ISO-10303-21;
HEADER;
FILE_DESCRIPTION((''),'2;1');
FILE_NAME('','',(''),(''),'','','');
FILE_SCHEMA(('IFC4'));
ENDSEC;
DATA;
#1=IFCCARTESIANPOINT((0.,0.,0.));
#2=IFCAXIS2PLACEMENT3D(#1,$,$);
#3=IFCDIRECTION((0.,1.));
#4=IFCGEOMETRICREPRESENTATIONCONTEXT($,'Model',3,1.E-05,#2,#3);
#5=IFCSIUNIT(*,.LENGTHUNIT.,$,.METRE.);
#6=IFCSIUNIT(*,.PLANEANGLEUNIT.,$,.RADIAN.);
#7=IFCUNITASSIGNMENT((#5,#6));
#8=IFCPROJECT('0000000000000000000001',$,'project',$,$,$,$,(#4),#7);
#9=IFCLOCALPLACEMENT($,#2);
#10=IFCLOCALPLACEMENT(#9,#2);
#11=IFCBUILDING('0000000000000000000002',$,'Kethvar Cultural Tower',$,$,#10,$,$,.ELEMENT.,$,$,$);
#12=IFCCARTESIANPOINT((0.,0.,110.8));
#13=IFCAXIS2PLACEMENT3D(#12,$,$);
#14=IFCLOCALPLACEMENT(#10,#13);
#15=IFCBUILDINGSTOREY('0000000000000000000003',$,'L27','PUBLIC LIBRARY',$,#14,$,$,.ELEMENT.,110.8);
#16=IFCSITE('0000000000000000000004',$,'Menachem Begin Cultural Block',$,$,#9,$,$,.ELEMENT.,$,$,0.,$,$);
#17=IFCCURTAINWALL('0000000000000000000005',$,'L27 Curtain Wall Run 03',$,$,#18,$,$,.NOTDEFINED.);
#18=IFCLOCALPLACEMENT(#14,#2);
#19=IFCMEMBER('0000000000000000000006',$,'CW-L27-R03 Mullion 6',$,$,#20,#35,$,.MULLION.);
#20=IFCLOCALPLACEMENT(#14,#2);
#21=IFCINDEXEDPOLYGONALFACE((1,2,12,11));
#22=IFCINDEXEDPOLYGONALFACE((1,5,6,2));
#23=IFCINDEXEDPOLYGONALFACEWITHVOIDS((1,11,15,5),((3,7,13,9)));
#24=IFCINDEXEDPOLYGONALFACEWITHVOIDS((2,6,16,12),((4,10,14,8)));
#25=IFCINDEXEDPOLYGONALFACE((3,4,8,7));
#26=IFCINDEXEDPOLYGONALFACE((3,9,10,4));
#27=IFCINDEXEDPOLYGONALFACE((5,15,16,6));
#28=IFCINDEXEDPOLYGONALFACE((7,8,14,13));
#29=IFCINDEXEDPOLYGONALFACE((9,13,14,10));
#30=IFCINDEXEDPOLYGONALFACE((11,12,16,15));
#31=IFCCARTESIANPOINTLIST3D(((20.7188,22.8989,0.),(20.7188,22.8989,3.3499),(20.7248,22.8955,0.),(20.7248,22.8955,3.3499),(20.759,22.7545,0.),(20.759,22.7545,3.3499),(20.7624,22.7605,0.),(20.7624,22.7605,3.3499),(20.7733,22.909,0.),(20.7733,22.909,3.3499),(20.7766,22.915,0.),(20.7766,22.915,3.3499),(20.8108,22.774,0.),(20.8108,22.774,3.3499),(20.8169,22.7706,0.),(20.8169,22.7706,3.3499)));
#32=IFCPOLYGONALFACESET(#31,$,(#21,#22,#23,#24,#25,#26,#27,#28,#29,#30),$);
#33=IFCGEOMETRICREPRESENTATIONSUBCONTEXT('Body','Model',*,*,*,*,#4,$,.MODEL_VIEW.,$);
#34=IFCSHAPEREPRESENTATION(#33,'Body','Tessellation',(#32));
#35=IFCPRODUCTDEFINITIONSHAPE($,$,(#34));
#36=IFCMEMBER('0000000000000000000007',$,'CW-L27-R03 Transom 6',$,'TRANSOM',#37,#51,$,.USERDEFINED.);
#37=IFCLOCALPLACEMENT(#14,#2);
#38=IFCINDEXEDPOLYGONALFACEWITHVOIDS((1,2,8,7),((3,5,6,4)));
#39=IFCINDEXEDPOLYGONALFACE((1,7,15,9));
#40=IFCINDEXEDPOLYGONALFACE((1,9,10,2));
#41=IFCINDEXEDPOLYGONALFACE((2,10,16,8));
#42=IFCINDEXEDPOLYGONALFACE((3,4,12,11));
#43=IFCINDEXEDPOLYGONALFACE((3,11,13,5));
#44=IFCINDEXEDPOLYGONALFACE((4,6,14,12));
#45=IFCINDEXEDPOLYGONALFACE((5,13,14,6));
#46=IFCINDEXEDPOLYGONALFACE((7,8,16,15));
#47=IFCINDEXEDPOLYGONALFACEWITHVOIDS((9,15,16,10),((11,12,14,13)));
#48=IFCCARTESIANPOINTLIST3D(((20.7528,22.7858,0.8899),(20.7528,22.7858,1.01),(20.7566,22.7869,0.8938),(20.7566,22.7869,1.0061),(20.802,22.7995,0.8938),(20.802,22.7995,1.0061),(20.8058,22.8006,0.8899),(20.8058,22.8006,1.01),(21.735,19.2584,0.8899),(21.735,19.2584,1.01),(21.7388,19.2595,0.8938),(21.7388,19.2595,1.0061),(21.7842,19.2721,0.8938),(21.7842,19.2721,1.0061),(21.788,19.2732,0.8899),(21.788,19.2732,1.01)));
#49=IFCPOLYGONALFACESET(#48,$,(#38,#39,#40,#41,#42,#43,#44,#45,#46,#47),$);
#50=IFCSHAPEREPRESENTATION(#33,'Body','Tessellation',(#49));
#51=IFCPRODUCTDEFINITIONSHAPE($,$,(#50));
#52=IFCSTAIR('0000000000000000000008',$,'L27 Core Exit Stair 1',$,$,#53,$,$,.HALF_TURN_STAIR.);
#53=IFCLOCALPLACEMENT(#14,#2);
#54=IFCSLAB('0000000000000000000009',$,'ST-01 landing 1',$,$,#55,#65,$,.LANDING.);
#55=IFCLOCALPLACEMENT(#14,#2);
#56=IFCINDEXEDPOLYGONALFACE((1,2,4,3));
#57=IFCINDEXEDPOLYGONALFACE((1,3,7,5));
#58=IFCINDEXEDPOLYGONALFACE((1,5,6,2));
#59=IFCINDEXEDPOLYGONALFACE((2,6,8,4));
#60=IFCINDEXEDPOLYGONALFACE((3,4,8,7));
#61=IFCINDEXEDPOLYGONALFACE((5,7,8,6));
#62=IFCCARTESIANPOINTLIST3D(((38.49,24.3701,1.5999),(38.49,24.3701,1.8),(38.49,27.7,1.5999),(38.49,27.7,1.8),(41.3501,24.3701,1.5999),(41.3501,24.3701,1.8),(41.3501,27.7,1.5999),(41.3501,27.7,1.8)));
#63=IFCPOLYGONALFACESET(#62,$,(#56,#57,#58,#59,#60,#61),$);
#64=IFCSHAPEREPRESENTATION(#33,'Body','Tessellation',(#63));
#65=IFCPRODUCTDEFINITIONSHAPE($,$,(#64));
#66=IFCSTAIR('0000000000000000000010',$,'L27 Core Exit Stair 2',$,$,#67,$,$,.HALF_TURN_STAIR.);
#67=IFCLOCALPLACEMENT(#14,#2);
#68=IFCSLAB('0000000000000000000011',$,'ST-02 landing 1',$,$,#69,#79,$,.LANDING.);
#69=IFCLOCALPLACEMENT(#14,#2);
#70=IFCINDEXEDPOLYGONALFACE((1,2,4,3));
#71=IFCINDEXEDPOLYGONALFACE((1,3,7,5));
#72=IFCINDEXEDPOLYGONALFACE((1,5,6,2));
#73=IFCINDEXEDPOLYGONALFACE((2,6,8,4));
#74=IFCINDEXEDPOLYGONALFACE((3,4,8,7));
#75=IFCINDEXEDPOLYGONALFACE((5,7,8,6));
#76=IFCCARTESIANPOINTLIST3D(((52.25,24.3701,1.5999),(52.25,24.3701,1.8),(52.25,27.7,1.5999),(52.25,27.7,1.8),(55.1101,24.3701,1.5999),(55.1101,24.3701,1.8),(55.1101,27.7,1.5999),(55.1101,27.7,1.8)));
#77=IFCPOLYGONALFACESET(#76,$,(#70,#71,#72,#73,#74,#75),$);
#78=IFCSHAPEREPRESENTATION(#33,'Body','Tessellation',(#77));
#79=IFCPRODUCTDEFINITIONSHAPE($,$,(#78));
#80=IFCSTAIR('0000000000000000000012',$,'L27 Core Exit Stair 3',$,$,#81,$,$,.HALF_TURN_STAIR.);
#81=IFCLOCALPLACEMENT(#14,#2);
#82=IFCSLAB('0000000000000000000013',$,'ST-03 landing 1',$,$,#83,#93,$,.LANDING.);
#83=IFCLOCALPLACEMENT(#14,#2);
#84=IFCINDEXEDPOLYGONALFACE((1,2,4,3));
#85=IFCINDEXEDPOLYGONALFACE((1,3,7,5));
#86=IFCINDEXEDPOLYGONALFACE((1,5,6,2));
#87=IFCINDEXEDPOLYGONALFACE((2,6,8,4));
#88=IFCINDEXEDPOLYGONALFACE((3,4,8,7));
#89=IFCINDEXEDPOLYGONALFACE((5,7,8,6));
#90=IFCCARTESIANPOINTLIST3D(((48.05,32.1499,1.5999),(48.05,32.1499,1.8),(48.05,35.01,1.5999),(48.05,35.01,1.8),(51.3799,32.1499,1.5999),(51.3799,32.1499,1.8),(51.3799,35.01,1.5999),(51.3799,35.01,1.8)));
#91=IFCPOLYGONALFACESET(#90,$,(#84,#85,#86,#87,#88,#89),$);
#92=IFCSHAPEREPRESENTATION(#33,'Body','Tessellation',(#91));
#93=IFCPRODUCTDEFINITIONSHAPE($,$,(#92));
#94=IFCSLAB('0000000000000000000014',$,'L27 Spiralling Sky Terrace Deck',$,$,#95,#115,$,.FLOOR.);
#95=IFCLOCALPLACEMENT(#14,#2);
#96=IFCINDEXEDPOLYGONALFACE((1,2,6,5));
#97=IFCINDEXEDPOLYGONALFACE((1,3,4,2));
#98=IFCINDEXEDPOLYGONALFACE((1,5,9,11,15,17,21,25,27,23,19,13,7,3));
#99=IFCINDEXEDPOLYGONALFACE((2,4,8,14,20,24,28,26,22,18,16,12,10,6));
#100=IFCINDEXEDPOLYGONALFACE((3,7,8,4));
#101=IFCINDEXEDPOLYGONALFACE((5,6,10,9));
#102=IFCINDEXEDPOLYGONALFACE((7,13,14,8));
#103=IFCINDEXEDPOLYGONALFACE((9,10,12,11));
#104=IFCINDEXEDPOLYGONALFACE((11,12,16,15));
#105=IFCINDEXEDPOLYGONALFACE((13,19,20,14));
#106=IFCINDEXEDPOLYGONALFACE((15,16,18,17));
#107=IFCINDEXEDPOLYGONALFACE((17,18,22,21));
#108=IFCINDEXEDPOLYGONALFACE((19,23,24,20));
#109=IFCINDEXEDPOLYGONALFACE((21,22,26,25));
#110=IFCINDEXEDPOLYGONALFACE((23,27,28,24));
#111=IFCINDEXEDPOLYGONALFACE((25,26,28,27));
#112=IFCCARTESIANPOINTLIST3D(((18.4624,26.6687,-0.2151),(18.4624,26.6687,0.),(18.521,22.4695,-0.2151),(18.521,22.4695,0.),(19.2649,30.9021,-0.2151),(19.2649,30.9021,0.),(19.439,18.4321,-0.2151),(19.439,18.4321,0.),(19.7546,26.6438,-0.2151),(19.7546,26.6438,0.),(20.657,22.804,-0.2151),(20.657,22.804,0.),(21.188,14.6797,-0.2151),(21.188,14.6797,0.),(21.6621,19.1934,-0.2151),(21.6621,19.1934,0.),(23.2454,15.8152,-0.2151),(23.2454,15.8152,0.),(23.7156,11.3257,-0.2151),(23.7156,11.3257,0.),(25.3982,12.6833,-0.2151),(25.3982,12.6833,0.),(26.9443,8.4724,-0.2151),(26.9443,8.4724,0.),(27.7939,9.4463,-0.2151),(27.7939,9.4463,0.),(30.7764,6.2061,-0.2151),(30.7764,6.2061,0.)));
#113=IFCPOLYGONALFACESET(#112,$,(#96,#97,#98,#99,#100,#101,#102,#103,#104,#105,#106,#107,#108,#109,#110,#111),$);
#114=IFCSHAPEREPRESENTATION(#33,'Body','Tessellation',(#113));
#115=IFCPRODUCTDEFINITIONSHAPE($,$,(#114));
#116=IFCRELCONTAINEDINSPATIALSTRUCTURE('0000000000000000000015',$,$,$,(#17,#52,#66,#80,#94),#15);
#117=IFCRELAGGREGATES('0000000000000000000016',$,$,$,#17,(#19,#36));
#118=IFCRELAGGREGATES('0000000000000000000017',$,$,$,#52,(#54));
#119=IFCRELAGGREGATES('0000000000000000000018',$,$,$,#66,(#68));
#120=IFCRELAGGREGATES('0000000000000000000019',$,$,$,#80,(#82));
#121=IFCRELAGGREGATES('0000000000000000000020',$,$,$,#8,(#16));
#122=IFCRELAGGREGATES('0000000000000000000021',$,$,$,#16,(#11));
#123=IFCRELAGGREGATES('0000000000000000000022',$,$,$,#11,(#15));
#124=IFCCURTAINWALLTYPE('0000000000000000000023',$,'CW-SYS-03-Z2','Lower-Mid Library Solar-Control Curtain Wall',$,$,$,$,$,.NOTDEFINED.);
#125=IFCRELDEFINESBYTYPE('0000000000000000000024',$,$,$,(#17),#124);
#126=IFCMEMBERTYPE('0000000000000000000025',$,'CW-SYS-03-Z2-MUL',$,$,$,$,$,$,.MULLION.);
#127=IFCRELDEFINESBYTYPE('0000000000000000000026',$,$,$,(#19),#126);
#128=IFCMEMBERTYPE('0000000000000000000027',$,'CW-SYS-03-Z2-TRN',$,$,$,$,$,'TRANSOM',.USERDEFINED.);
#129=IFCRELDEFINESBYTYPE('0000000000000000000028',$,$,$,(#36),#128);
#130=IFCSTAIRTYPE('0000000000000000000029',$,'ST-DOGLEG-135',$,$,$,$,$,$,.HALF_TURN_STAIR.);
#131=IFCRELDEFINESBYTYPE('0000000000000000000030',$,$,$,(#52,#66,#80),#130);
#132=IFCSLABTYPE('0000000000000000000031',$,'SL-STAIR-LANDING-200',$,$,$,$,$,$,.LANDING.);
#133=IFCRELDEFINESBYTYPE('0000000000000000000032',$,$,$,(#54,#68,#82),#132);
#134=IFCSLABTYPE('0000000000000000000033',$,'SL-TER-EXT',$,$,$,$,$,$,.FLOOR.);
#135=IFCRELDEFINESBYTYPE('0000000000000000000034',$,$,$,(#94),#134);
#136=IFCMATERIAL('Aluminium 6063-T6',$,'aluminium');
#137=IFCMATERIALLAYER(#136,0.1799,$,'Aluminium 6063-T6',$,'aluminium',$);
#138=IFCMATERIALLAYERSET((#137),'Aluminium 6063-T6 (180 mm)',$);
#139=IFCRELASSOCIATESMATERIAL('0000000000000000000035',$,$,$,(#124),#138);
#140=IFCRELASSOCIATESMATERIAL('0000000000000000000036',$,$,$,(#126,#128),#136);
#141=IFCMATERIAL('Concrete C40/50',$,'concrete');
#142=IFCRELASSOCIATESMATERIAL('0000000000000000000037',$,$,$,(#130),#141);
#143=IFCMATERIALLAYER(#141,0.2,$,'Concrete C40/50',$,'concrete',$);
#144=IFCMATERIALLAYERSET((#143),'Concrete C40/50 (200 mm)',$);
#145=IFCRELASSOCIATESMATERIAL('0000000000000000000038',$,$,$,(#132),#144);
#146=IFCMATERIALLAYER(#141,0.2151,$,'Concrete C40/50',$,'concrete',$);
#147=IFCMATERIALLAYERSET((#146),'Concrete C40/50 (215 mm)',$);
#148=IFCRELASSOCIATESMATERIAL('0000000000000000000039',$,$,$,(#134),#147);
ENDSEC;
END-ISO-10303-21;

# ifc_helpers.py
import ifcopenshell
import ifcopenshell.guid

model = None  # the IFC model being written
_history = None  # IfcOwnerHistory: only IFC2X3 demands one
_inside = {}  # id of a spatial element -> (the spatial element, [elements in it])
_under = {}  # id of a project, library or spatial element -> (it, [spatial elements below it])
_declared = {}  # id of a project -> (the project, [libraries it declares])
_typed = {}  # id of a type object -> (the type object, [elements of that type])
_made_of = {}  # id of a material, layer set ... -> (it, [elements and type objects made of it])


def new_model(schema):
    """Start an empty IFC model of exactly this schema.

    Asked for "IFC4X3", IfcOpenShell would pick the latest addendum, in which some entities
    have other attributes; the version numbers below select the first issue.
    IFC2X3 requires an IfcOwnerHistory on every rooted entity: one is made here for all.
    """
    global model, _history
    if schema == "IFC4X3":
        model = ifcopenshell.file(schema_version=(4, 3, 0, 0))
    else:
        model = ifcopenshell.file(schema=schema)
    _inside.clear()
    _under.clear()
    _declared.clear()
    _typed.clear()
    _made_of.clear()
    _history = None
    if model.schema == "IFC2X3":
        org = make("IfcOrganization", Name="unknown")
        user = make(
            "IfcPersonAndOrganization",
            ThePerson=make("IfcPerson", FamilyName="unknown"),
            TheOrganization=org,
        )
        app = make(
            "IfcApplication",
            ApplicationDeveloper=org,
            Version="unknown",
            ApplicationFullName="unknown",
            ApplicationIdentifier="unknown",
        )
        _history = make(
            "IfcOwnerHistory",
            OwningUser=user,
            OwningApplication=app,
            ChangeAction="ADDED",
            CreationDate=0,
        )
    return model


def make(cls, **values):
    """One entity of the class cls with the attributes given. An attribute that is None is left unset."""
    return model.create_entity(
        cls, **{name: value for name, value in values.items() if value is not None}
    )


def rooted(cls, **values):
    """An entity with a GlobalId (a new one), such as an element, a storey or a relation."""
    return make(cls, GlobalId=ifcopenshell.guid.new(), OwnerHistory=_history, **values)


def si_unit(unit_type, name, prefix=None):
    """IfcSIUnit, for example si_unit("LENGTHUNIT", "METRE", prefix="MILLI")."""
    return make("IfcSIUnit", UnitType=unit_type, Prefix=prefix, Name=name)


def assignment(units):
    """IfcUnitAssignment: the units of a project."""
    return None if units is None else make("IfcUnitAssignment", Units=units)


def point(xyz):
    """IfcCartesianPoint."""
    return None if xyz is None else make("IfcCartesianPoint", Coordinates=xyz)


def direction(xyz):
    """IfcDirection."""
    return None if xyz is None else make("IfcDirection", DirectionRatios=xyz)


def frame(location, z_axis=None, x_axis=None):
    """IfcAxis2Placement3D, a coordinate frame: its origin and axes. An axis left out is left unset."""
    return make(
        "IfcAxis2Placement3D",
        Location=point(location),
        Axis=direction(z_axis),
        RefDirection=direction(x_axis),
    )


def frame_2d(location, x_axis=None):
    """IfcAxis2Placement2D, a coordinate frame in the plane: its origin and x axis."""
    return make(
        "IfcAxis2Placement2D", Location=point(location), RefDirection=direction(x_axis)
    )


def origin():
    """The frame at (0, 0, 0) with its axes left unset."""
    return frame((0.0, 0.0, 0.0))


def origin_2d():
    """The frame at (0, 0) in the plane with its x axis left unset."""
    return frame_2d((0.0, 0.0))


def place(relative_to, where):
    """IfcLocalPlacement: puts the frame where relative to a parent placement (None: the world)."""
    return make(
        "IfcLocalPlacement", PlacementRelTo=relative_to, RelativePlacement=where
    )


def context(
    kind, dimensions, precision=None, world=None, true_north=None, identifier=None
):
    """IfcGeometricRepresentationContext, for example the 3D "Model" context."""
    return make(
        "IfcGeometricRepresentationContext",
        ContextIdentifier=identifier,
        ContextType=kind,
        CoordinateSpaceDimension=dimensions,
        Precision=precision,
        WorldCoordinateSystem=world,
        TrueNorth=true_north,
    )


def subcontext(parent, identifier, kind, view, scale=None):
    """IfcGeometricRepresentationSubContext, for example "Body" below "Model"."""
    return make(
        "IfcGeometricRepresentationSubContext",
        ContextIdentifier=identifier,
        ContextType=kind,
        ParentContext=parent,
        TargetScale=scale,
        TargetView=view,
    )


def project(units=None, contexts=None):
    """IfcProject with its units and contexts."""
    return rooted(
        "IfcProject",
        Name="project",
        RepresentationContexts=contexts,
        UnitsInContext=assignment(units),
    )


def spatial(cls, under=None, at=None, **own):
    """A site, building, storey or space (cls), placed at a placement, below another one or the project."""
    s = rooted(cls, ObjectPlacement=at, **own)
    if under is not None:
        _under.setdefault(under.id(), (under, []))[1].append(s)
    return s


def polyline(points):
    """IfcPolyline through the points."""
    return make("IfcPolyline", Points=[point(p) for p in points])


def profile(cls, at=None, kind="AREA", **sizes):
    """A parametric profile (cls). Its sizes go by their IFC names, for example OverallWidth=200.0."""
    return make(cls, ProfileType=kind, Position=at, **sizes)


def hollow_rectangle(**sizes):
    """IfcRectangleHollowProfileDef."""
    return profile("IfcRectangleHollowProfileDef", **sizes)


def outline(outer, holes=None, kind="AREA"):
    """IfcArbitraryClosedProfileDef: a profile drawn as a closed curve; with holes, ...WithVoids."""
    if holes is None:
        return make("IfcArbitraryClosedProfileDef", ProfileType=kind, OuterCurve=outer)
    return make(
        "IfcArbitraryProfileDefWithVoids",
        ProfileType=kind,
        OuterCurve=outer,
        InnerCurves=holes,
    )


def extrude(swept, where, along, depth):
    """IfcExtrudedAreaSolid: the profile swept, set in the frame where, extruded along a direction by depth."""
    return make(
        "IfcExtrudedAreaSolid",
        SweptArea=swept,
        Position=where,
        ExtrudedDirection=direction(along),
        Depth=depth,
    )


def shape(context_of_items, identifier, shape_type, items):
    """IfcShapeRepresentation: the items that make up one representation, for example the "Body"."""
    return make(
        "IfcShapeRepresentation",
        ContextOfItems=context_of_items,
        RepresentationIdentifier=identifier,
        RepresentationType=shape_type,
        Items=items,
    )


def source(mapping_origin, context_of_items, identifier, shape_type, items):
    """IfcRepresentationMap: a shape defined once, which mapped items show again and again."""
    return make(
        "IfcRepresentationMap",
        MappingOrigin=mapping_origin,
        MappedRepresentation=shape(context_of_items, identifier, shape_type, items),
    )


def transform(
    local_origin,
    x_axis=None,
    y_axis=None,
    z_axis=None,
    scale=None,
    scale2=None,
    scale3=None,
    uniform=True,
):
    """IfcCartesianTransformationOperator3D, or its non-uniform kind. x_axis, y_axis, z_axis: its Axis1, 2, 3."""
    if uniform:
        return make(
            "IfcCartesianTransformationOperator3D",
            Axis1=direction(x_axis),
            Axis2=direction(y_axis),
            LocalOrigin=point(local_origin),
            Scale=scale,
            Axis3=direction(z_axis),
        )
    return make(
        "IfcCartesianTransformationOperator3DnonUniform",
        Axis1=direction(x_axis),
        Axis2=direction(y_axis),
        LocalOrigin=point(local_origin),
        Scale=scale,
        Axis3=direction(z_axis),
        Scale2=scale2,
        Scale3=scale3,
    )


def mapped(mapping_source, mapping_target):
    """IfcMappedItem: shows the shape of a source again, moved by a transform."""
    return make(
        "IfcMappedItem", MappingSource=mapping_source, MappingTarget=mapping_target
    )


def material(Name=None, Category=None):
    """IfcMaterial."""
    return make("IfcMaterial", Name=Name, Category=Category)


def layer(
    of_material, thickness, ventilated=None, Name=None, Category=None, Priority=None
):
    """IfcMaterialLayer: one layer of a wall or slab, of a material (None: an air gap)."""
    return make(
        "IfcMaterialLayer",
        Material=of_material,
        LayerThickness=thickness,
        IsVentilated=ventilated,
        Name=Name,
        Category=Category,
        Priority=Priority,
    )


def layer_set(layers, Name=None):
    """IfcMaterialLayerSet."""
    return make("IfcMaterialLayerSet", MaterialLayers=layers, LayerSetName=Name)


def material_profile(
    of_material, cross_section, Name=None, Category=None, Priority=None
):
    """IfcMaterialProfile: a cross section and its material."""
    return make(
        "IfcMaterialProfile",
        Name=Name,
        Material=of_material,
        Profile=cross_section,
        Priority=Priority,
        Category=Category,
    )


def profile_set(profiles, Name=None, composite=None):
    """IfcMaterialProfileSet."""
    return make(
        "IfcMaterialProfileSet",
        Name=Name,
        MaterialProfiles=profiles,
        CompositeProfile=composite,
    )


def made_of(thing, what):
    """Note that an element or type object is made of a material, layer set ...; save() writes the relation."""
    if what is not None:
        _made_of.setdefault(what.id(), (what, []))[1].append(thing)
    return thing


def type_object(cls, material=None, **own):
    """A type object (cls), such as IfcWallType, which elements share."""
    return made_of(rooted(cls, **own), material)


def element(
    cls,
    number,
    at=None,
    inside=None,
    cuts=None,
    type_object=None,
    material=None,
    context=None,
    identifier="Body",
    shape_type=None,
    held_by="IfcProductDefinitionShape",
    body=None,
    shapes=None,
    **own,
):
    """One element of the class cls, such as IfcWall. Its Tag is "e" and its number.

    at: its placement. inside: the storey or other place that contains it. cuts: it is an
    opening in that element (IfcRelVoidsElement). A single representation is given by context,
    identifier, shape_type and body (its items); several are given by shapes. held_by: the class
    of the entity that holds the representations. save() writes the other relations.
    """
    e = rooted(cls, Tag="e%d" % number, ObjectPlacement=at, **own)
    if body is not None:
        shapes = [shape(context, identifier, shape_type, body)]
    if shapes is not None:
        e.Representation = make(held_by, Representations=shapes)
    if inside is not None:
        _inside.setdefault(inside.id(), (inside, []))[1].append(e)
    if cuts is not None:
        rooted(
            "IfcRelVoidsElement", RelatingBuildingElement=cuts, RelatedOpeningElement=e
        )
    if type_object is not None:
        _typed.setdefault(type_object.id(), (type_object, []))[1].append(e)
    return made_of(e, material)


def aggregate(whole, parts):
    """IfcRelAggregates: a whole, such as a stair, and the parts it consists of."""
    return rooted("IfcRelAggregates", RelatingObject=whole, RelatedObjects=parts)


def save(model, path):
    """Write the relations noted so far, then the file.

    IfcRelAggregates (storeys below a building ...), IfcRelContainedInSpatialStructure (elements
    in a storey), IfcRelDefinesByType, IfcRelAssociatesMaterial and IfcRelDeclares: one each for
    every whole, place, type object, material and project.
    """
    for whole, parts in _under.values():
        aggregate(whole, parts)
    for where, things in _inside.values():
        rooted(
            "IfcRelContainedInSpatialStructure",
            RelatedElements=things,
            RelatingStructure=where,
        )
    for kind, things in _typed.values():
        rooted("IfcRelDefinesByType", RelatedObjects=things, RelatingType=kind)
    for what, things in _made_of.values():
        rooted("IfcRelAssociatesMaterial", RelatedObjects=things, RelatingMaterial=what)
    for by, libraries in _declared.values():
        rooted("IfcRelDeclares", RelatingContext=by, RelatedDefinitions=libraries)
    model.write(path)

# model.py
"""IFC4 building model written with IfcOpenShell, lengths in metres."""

from ifc_helpers import new_model, si_unit, direction, frame, origin, origin_2d, place, context, subcontext, project, spatial, polyline, hollow_rectangle, outline, extrude, source, transform, mapped, material, layer, layer_set, material_profile, profile_set, type_object, element, aggregate, save


model = new_model("IFC4")

# Units and contexts
model_context = context("Model", 3, precision=1e-05, world=origin(), true_north=direction((0.0, 1.0)))
body_context = subcontext(model_context, "Body", "Model", "MODEL_VIEW")
ifc_project = project(units=[si_unit("LENGTHUNIT", "METRE"), si_unit("PLANEANGLEUNIT", "RADIAN")], contexts=[model_context])

# Site, building, storey
site_placement = place(None, origin())
site = spatial("IfcSite", under=ifc_project, at=site_placement, Name="Menachem Begin Cultural Block", CompositionType="ELEMENT", RefElevation=0.0)
building_placement = place(site_placement, origin())
building = spatial("IfcBuilding", under=site, at=building_placement, Name="Kethvar Cultural Tower", CompositionType="ELEMENT")
storey_placement = place(building_placement, frame((0.0, 0.0, 110.8)))
storey = spatial("IfcBuildingStorey", under=building, at=storey_placement, Name="L27", Description="PUBLIC LIBRARY", CompositionType="ELEMENT", Elevation=110.8)

# Curtain wall, members
ifc_material_1 = material(Name="Aluminium 6063-T6", Category="aluminium")
ifc_layer_1 = layer(ifc_material_1, 0.1799, Name="Aluminium 6063-T6", Category="aluminium")
ifc_layer_set_1 = layer_set([ifc_layer_1], Name="Aluminium 6063-T6 (180 mm)")
curtain_wall_type = type_object("IfcCurtainWallType", Name="CW-SYS-03-Z2", Description="Lower-Mid Library Solar-Control Curtain Wall", PredefinedType="NOTDEFINED", material=ifc_layer_set_1)
curtain_wall_placement = place(storey_placement, origin())
curtain_wall = element("IfcCurtainWall", 1, at=curtain_wall_placement, inside=storey, type_object=curtain_wall_type, Name="L27 Curtain Wall Run 03", PredefinedType="NOTDEFINED")
ifc_material_profile_1 = material_profile(ifc_material_1, hollow_rectangle(XDim=0.0601, YDim=0.1499, WallThickness=0.0049, at=origin_2d()), Name="Aluminium 6063-T6 — RHS150x60x5")
ifc_profile_set_1 = profile_set([ifc_material_profile_1], Name="Aluminium 6063-T6 — RHS150x60x5")
member_type_1 = type_object("IfcMemberType", Name="CW-SYS-03-Z2-MUL", PredefinedType="MULLION", material=ifc_profile_set_1)
shared_shape_1 = source(origin(), body_context, "Body", "SweptSolid", [
    extrude(hollow_rectangle(XDim=0.0601, YDim=0.1499, WallThickness=0.0049, at=origin_2d()), origin(), (0.0, 0.0, 1.0), 3.3499),
])
member_1_placement = place(storey_placement, frame((20.7678, 22.8347, 0.0), z_axis=(0.0, 0.0, 1.0), x_axis=(0.963359, 0.268214, 0.0)))
member_1 = element("IfcMember", 2, at=member_1_placement, type_object=member_type_1, Name="CW-L27-R03 Mullion 6", PredefinedType="MULLION", context=body_context, shape_type="MappedRepresentation", body=[
    mapped(shared_shape_1, transform((0.0, 0.0, 0.0), scale=1.0)),
])
ifc_material_profile_2 = material_profile(ifc_material_1, hollow_rectangle(XDim=0.0549, YDim=0.1201, WallThickness=0.0039, at=origin_2d()), Name="Aluminium 6063-T6 — RHS120x55x4")
ifc_profile_set_2 = profile_set([ifc_material_profile_2], Name="Aluminium 6063-T6 — RHS120x55x4")
member_type_2 = type_object("IfcMemberType", Name="CW-SYS-03-Z2-TRN", ElementType="TRANSOM", PredefinedType="USERDEFINED", material=ifc_profile_set_2)
shared_shape_2 = source(origin(), body_context, "Body", "SweptSolid", [
    extrude(hollow_rectangle(XDim=0.0549, YDim=0.1201, WallThickness=0.0039, at=origin_2d()), origin(), (0.0, 0.0, 1.0), 3.6616),
])
member_2_placement = place(storey_placement, frame((20.7793, 22.7932, 0.95), z_axis=(0.268242, -0.963352, 0.0), x_axis=(0.963352, 0.268242, 0.0)))
member_2 = element("IfcMember", 3, at=member_2_placement, type_object=member_type_2, Name="CW-L27-R03 Transom 6", ObjectType="TRANSOM", PredefinedType="USERDEFINED", context=body_context, shape_type="MappedRepresentation", body=[
    mapped(shared_shape_2, transform((0.0, 0.0, 0.0), scale=1.0)),
])
aggregate(curtain_wall, [member_1, member_2])

# Stairs, slabs
ifc_material_2 = material(Name="Concrete C40/50", Category="concrete")
stair_type = type_object("IfcStairType", Name="ST-DOGLEG-135", PredefinedType="HALF_TURN_STAIR", material=ifc_material_2)
stair_1_placement = place(storey_placement, origin())
stair_1 = element("IfcStair", 4, at=stair_1_placement, inside=storey, type_object=stair_type, Name="L27 Core Exit Stair 1", PredefinedType="HALF_TURN_STAIR")
ifc_layer_2 = layer(ifc_material_2, 0.2, Name="Concrete C40/50", Category="concrete")
ifc_layer_set_2 = layer_set([ifc_layer_2], Name="Concrete C40/50 (200 mm)")
slab_type_1 = type_object("IfcSlabType", Name="SL-STAIR-LANDING-200", PredefinedType="LANDING", material=ifc_layer_set_2)
slab_1_placement = place(storey_placement, frame((0.0, 0.0, 1.5999)))
slab_1 = element("IfcSlab", 5, at=slab_1_placement, type_object=slab_type_1, Name="ST-01 landing 1", PredefinedType="LANDING", context=body_context, shape_type="SweptSolid", body=[
    extrude(outline(polyline([(41.3501, 24.3701), (41.3501, 27.7), (38.49, 27.7), (38.49, 24.3701), (41.3501, 24.3701)])), origin(), (0.0, 0.0, 1.0), 0.2002),
])
aggregate(stair_1, [slab_1])
stair_2_placement = place(storey_placement, origin())
stair_2 = element("IfcStair", 6, at=stair_2_placement, inside=storey, type_object=stair_type, Name="L27 Core Exit Stair 2", PredefinedType="HALF_TURN_STAIR")
slab_2_placement = place(storey_placement, frame((0.0, 0.0, 1.5999)))
slab_2 = element("IfcSlab", 7, at=slab_2_placement, type_object=slab_type_1, Name="ST-02 landing 1", PredefinedType="LANDING", context=body_context, shape_type="SweptSolid", body=[
    extrude(outline(polyline([(55.1101, 24.3701), (55.1101, 27.7), (52.25, 27.7), (52.25, 24.3701), (55.1101, 24.3701)])), origin(), (0.0, 0.0, 1.0), 0.2002),
])
aggregate(stair_2, [slab_2])
stair_3_placement = place(storey_placement, origin())
stair_3 = element("IfcStair", 8, at=stair_3_placement, inside=storey, type_object=stair_type, Name="L27 Core Exit Stair 3", PredefinedType="HALF_TURN_STAIR")
slab_3_placement = place(storey_placement, frame((0.0, 0.0, 1.5999)))
slab_3 = element("IfcSlab", 9, at=slab_3_placement, type_object=slab_type_1, Name="ST-03 landing 1", PredefinedType="LANDING", context=body_context, shape_type="SweptSolid", body=[
    extrude(outline(polyline([(51.3799, 35.01), (48.05, 35.01), (48.05, 32.1499), (51.3799, 32.1499), (51.3799, 35.01)])), origin(), (0.0, 0.0, 1.0), 0.2002),
])
aggregate(stair_3, [slab_3])

# Slab
ifc_layer_3 = layer(ifc_material_2, 0.2151, Name="Concrete C40/50", Category="concrete")
ifc_layer_set_3 = layer_set([ifc_layer_3], Name="Concrete C40/50 (215 mm)")
slab_type_2 = type_object("IfcSlabType", Name="SL-TER-EXT", PredefinedType="FLOOR", material=ifc_layer_set_3)
slab_4_placement = place(storey_placement, frame((0.0, 0.0, -0.2151)))
element("IfcSlab", 10, at=slab_4_placement, inside=storey, type_object=slab_type_2, Name="L27 Spiralling Sky Terrace Deck", PredefinedType="FLOOR", context=body_context, shape_type="SweptSolid", body=[
    extrude(outline(polyline([(19.2649, 30.9021), (18.4624, 26.6687), (18.521, 22.4695), (19.439, 18.4321), (21.188, 14.6797), (23.7156, 11.3257), (26.9443, 8.4724), (30.7764, 6.2061), (27.7939, 9.4463), (25.3982, 12.6833), (23.2454, 15.8152), (21.6621, 19.1934), (20.657, 22.804), (19.7546, 26.6438), (19.2649, 30.9021)])), origin(), (0.0, 0.0, 1.0), 0.2151),
])

save(model, "model.ifc")
